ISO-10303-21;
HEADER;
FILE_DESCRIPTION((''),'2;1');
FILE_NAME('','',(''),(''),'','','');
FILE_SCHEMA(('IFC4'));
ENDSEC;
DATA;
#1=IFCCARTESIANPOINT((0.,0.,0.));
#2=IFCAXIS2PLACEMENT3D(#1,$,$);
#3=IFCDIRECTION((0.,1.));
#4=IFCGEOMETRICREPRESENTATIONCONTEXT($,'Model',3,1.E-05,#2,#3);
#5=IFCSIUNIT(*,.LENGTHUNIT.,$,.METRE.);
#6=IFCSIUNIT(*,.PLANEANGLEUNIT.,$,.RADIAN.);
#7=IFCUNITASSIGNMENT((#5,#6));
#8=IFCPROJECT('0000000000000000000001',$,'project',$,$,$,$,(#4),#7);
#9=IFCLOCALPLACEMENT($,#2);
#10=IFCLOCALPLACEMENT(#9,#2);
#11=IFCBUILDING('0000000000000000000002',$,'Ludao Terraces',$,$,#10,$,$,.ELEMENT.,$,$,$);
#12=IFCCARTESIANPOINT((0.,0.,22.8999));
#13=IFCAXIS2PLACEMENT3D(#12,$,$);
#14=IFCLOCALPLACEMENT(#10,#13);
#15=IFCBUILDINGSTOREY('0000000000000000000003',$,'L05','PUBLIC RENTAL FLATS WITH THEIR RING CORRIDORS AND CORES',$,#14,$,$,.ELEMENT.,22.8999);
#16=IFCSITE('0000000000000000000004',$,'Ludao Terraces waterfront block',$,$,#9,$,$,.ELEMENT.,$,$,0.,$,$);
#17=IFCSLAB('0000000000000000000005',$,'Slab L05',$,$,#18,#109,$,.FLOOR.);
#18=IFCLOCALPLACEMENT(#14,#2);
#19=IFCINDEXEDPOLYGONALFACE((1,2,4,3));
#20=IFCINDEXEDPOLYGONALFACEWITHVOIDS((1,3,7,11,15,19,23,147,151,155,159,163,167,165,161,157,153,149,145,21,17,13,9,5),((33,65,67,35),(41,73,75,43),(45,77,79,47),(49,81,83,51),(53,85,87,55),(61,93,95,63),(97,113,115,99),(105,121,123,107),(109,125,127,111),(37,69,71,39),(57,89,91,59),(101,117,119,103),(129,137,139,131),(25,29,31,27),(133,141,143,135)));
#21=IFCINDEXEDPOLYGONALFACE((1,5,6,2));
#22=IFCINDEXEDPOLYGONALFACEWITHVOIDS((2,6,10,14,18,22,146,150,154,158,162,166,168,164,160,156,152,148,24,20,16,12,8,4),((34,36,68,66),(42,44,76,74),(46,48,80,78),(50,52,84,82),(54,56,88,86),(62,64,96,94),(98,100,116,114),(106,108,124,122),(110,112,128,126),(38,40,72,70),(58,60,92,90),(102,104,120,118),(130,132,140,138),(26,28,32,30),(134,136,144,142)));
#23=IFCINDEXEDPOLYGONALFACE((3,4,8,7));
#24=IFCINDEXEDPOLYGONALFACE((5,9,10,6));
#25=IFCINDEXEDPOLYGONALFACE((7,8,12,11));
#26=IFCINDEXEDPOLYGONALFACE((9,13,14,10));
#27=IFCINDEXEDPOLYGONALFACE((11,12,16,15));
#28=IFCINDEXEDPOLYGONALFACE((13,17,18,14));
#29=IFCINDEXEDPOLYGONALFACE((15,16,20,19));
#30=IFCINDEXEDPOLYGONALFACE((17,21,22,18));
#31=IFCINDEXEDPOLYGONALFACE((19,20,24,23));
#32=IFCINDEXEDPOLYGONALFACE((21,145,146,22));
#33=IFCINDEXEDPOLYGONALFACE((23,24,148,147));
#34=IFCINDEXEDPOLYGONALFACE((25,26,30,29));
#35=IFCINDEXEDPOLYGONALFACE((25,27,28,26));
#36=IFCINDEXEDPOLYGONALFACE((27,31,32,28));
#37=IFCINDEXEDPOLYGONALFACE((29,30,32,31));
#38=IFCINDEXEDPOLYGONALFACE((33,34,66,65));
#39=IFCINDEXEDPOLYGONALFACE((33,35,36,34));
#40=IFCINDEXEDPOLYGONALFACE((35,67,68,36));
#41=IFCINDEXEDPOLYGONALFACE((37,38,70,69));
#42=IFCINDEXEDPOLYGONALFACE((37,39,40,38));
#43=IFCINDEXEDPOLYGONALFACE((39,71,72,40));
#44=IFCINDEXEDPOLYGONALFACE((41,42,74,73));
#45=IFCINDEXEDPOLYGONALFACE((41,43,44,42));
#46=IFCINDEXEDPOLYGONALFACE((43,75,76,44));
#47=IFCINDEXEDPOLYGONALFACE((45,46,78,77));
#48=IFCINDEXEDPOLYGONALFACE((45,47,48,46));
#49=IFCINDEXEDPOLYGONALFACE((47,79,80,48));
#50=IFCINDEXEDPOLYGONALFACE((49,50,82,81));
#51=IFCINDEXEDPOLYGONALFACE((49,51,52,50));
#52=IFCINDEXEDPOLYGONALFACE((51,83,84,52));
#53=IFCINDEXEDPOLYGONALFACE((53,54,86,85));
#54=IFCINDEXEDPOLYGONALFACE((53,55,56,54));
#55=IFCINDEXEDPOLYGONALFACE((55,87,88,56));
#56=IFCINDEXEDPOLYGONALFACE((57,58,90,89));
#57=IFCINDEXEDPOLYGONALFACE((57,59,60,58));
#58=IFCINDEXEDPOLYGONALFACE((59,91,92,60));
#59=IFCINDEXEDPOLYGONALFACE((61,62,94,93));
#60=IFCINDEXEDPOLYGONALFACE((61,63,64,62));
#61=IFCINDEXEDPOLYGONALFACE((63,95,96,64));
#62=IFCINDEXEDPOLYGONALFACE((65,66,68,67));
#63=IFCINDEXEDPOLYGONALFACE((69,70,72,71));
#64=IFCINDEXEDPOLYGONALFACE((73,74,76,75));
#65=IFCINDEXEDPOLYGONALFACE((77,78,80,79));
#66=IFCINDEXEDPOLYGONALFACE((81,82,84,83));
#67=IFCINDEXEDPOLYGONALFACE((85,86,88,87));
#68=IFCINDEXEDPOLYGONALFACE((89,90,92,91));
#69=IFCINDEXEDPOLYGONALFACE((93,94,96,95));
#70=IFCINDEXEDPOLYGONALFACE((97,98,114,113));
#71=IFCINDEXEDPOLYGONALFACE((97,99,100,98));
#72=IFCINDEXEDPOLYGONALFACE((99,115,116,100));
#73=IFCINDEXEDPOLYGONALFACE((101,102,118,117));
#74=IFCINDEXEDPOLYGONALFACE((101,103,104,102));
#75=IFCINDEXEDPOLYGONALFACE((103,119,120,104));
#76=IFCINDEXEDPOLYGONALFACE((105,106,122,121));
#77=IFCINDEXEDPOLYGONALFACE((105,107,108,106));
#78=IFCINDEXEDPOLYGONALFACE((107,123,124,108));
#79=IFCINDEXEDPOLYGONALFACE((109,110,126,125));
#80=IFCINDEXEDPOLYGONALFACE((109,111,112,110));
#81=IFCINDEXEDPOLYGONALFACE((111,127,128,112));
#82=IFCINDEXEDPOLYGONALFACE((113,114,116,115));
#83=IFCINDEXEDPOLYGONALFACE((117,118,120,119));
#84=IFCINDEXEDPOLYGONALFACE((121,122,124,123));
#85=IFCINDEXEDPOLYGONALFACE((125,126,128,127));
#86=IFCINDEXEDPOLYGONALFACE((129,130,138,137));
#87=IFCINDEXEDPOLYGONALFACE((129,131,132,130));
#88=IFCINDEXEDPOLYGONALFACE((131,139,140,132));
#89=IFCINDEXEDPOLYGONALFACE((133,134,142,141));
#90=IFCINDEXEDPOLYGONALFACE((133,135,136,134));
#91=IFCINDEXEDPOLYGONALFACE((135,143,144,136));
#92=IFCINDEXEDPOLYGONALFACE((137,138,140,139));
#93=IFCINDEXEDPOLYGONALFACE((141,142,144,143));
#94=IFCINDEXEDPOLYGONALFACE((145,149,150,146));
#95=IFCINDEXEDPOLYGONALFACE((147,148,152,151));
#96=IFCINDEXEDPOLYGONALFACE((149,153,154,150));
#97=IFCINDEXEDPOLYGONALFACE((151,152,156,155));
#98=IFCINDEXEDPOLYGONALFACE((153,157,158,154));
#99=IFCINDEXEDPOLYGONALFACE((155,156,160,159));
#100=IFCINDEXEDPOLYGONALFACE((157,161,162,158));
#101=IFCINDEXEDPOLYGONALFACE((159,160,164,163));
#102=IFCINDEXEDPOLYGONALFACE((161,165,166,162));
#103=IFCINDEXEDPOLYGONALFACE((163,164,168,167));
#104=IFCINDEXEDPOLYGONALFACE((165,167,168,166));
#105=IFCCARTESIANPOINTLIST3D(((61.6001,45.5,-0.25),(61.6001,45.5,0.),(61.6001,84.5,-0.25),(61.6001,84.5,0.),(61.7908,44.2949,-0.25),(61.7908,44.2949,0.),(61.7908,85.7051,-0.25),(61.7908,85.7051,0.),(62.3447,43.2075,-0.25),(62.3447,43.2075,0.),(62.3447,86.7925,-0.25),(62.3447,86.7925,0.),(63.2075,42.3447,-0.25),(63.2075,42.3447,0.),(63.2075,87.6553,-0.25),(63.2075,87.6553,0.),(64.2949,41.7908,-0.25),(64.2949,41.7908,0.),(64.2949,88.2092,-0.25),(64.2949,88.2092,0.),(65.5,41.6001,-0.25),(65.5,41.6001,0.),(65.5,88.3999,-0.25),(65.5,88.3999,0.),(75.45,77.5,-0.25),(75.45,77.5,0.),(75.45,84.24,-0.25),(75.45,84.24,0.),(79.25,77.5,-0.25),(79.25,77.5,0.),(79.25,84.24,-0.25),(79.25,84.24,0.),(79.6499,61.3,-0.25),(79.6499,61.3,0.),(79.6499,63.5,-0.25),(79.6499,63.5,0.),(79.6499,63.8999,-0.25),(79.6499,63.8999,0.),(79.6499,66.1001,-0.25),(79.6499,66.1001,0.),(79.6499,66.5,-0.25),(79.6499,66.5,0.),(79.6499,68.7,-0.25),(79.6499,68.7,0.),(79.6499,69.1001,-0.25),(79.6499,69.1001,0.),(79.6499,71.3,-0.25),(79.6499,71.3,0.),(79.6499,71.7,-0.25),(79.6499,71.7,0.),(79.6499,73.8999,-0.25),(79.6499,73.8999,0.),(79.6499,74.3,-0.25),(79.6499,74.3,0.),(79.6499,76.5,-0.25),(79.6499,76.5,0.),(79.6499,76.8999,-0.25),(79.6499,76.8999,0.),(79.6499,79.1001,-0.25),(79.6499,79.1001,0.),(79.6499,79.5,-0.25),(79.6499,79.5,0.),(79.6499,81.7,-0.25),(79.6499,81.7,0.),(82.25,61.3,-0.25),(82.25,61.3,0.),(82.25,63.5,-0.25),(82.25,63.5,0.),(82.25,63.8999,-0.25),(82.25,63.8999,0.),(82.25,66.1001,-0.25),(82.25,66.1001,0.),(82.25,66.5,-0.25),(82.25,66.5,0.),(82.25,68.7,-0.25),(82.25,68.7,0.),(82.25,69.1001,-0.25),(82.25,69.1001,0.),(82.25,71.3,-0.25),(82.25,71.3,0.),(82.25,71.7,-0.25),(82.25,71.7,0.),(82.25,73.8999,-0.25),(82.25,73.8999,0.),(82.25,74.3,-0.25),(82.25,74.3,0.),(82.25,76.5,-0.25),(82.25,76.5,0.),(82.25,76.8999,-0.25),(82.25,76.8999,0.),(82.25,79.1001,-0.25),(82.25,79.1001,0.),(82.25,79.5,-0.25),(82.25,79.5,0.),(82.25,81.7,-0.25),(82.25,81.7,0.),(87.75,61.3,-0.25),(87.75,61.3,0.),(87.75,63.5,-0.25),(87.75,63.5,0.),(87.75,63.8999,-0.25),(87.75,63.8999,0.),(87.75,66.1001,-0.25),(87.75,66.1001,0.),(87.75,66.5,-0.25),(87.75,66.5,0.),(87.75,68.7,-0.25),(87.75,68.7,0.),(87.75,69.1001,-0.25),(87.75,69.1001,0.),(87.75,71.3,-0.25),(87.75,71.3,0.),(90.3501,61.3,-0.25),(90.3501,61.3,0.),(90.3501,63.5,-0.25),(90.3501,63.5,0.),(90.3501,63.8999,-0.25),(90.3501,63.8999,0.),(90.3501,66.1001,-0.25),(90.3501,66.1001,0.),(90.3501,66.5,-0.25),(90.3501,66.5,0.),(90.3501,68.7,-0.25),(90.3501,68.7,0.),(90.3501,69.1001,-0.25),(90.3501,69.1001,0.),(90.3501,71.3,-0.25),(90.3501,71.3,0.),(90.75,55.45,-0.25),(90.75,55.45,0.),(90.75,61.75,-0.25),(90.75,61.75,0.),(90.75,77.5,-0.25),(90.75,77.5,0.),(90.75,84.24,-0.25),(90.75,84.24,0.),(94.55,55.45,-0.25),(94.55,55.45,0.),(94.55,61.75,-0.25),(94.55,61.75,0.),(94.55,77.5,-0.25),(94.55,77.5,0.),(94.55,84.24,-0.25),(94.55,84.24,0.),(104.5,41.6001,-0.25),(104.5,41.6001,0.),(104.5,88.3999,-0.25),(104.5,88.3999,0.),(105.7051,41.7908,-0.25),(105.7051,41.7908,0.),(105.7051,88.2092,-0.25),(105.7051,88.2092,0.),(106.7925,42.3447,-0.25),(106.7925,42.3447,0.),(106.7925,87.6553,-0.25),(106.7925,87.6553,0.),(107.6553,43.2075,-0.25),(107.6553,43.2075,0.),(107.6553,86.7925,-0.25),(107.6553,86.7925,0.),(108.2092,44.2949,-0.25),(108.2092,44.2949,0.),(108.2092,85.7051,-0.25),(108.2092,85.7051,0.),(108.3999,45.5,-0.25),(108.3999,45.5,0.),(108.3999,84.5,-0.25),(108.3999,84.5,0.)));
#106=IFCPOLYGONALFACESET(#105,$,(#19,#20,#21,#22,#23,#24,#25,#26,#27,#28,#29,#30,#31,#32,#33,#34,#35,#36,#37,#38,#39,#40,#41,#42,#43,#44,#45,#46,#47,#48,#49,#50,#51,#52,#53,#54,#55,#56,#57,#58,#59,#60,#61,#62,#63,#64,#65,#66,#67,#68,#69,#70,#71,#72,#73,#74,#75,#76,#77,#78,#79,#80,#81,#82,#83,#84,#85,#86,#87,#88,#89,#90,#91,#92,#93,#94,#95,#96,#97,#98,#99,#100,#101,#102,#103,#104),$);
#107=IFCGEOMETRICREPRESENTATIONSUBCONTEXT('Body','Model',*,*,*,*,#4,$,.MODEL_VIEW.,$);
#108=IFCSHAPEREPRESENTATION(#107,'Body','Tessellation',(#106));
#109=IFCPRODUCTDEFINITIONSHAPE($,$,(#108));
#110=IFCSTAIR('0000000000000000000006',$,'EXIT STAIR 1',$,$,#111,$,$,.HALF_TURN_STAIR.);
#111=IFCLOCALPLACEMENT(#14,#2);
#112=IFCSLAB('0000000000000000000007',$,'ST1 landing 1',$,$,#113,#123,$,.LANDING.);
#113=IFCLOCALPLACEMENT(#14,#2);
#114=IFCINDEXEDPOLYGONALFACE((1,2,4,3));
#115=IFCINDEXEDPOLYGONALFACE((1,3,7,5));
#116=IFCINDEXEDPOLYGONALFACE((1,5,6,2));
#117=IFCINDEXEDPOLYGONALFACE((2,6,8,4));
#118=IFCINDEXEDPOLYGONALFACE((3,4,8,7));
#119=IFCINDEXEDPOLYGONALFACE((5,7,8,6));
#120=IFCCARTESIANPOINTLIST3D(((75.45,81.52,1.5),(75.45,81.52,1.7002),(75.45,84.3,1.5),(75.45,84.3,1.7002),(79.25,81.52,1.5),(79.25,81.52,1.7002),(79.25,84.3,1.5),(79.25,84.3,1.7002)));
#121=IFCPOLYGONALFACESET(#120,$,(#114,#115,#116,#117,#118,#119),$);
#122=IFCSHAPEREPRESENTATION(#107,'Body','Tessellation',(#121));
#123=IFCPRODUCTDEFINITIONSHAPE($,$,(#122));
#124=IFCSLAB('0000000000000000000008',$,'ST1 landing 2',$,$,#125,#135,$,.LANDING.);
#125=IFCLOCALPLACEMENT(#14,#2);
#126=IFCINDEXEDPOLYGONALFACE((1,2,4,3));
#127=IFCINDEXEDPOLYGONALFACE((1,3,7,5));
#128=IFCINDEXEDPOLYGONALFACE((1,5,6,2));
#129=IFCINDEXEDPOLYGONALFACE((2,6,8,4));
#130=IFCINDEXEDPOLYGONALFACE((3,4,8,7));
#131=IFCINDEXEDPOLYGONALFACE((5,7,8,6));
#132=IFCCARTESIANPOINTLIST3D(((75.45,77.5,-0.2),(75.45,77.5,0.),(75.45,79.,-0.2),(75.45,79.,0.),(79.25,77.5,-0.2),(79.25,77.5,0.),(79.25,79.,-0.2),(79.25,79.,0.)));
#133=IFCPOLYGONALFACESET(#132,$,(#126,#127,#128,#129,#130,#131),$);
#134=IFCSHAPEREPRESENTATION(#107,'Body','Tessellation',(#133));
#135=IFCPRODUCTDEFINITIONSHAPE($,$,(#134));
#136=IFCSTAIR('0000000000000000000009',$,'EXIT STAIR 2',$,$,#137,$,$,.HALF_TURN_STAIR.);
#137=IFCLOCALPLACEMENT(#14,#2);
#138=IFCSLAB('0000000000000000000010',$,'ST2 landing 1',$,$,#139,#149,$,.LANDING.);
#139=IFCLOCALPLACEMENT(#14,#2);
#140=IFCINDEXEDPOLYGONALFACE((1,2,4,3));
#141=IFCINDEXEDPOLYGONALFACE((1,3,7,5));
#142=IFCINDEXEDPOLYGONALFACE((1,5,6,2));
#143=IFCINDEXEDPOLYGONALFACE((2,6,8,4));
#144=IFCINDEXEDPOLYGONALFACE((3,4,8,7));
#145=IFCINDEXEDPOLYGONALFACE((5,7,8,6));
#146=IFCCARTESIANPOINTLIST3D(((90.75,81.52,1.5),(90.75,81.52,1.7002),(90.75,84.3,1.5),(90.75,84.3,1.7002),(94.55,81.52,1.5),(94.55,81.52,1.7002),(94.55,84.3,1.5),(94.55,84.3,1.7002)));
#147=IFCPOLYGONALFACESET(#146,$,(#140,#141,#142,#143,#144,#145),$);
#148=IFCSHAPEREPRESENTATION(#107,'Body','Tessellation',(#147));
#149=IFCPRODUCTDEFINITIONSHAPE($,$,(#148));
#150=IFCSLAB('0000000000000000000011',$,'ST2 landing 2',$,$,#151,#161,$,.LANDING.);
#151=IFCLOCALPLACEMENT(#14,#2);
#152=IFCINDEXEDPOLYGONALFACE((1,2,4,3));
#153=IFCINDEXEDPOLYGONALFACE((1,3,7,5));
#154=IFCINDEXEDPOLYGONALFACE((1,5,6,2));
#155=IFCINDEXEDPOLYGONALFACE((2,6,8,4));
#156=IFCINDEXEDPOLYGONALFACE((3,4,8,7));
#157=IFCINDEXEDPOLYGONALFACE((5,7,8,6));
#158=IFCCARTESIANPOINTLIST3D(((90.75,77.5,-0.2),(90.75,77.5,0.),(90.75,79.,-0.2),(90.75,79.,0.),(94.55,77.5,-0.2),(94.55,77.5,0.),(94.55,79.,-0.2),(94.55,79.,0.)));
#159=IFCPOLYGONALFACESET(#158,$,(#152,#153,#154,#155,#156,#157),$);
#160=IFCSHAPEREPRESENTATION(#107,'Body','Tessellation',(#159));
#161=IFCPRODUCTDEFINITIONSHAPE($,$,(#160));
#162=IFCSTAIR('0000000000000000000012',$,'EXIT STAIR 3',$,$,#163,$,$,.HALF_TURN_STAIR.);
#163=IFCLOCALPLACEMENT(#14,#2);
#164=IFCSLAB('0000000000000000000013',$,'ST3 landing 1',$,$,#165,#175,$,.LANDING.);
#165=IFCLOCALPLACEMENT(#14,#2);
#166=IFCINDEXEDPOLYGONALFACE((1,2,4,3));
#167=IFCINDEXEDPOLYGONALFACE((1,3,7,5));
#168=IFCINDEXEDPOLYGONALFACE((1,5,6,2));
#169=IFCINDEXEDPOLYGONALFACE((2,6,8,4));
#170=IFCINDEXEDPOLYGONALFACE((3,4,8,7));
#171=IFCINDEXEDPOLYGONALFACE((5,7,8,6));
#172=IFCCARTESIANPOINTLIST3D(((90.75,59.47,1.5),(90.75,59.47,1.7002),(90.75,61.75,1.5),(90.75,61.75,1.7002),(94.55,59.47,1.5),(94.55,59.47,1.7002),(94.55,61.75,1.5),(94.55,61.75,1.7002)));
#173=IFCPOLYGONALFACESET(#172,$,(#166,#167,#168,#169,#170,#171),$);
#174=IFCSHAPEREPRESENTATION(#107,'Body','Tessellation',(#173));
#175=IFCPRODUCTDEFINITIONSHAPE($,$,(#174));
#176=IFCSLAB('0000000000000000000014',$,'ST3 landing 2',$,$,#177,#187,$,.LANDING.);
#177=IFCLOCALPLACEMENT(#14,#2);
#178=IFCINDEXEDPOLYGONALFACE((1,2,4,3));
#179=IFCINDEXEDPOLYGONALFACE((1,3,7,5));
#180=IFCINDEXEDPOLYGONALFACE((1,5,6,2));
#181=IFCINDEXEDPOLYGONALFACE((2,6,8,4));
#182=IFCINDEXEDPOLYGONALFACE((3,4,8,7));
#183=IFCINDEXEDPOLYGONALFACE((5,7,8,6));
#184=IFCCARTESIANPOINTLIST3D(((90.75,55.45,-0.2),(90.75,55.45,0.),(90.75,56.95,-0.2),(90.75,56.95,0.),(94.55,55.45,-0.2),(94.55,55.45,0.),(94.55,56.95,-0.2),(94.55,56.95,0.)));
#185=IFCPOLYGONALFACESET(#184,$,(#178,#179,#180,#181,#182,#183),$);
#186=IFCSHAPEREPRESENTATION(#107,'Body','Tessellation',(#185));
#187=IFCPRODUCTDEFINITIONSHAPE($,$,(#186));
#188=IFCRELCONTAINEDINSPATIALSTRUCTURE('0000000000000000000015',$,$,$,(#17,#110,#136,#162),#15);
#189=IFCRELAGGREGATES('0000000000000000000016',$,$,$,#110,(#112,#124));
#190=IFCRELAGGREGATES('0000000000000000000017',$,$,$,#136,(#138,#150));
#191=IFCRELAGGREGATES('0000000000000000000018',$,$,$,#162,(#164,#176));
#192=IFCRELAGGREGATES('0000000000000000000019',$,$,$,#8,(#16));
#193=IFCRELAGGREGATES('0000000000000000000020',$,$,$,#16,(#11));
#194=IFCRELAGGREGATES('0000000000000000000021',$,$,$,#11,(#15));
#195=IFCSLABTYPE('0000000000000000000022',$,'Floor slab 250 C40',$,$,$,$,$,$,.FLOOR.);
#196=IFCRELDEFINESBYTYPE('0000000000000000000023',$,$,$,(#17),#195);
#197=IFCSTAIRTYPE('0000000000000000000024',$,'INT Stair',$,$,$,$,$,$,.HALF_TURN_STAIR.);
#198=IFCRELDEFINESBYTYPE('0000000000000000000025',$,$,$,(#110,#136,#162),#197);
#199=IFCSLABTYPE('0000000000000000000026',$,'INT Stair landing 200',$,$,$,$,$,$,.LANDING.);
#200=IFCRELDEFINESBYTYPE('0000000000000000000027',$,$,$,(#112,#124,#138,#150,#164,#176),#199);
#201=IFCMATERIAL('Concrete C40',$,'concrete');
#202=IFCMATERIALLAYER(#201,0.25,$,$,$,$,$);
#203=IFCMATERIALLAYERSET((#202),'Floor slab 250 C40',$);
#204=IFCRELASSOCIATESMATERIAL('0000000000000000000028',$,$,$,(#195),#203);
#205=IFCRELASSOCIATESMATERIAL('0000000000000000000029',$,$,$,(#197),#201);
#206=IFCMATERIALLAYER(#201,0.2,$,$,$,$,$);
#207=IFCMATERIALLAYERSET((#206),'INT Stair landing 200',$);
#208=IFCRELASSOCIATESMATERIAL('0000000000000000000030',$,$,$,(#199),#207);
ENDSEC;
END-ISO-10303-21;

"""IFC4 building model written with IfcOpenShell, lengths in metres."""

from ifc_helpers import new_model, si_unit, direction, frame, origin, place, context, subcontext, project, spatial, polyline, outline, extrude, material, layer, layer_set, type_object, element, aggregate, save


model = new_model("IFC4")

# Units and contexts
model_context = context("Model", 3, precision=1e-05, world=origin(), true_north=direction((0.0, 1.0)))
body_context = subcontext(model_context, "Body", "Model", "MODEL_VIEW")
ifc_project = project(units=[si_unit("LENGTHUNIT", "METRE"), si_unit("PLANEANGLEUNIT", "RADIAN")], contexts=[model_context])

# Site, building, storey
site_placement = place(None, origin())
site = spatial("IfcSite", under=ifc_project, at=site_placement, Name="Ludao Terraces waterfront block", CompositionType="ELEMENT", RefElevation=0.0)
building_placement = place(site_placement, origin())
building = spatial("IfcBuilding", under=site, at=building_placement, Name="Ludao Terraces", CompositionType="ELEMENT")
storey_placement = place(building_placement, frame((0.0, 0.0, 22.8999)))
storey = spatial("IfcBuildingStorey", under=building, at=storey_placement, Name="L05", Description="PUBLIC RENTAL FLATS WITH THEIR RING CORRIDORS AND CORES", CompositionType="ELEMENT", Elevation=22.8999)

# Shared definitions
ifc_material_1 = material(Name="Concrete C40", Category="concrete")

# Slab
ifc_layer_1 = layer(ifc_material_1, 0.25)
ifc_layer_set_1 = layer_set([ifc_layer_1], Name="Floor slab 250 C40")
slab_type_1 = type_object("IfcSlabType", Name="Floor slab 250 C40", PredefinedType="FLOOR", material=ifc_layer_set_1)
slab_1_placement = place(storey_placement, frame((0.0, 0.0, -0.25)))
element("IfcSlab", 1, at=slab_1_placement, inside=storey, type_object=slab_type_1, Name="Slab L05", PredefinedType="FLOOR", context=body_context, shape_type="SweptSolid", body=[
    extrude(outline(polyline([(104.5, 41.6001), (105.7051, 41.7908), (106.7925, 42.3447), (107.6553, 43.2075), (108.2092, 44.2949), (108.3999, 45.5), (108.3999, 84.5), (108.2092, 85.7051), (107.6553, 86.7925), (106.7925, 87.6553), (105.7051, 88.2092), (104.5, 88.3999), (65.5, 88.3999), (64.2949, 88.2092), (63.2075, 87.6553), (62.3447, 86.7925), (61.7908, 85.7051), (61.6001, 84.5), (61.6001, 45.5), (61.7908, 44.2949), (62.3447, 43.2075), (63.2075, 42.3447), (64.2949, 41.7908), (65.5, 41.6001), (104.5, 41.6001)]), holes=[polyline([(79.6499, 61.3), (82.25, 61.3), (82.25, 63.5), (79.6499, 63.5), (79.6499, 61.3)]), polyline([(79.6499, 63.8999), (82.25, 63.8999), (82.25, 66.1001), (79.6499, 66.1001), (79.6499, 63.8999)]), polyline([(79.6499, 66.5), (82.25, 66.5), (82.25, 68.7), (79.6499, 68.7), (79.6499, 66.5)]), polyline([(79.6499, 69.1001), (82.25, 69.1001), (82.25, 71.3), (79.6499, 71.3), (79.6499, 69.1001)]), polyline([(79.6499, 71.7), (82.25, 71.7), (82.25, 73.8999), (79.6499, 73.8999), (79.6499, 71.7)]), polyline([(79.6499, 74.3), (82.25, 74.3), (82.25, 76.5), (79.6499, 76.5), (79.6499, 74.3)]), polyline([(79.6499, 76.8999), (82.25, 76.8999), (82.25, 79.1001), (79.6499, 79.1001), (79.6499, 76.8999)]), polyline([(79.6499, 79.5), (82.25, 79.5), (82.25, 81.7), (79.6499, 81.7), (79.6499, 79.5)]), polyline([(87.75, 61.3), (90.3501, 61.3), (90.3501, 63.5), (87.75, 63.5), (87.75, 61.3)]), polyline([(87.75, 63.8999), (90.3501, 63.8999), (90.3501, 66.1001), (87.75, 66.1001), (87.75, 63.8999)]), polyline([(87.75, 66.5), (90.3501, 66.5), (90.3501, 68.7), (87.75, 68.7), (87.75, 66.5)]), polyline([(87.75, 69.1001), (90.3501, 69.1001), (90.3501, 71.3), (87.75, 71.3), (87.75, 69.1001)]), polyline([(75.45, 77.5), (79.25, 77.5), (79.25, 84.24), (75.45, 84.24), (75.45, 77.5)]), polyline([(90.75, 77.5), (94.55, 77.5), (94.55, 84.24), (90.75, 84.24), (90.75, 77.5)]), polyline([(90.75, 55.45), (94.55, 55.45), (94.55, 61.75), (90.75, 61.75), (90.75, 55.45)])]), origin(), (0.0, 0.0, 1.0), 0.25),
])

# Stairs, slabs
stair_type = type_object("IfcStairType", Name="INT Stair", PredefinedType="HALF_TURN_STAIR", material=ifc_material_1)
stair_1_placement = place(storey_placement, origin())
stair_1 = element("IfcStair", 2, at=stair_1_placement, inside=storey, type_object=stair_type, Name="EXIT STAIR 1", PredefinedType="HALF_TURN_STAIR")
ifc_layer_2 = layer(ifc_material_1, 0.2)
ifc_layer_set_2 = layer_set([ifc_layer_2], Name="INT Stair landing 200")
slab_type_2 = type_object("IfcSlabType", Name="INT Stair landing 200", PredefinedType="LANDING", material=ifc_layer_set_2)
slab_2_placement = place(storey_placement, frame((0.0, 0.0, 1.5)))
slab_2 = element("IfcSlab", 3, at=slab_2_placement, type_object=slab_type_2, Name="ST1 landing 1", PredefinedType="LANDING", context=body_context, shape_type="SweptSolid", body=[
    extrude(outline(polyline([(75.45, 81.52), (79.25, 81.52), (79.25, 84.3), (75.45, 84.3), (75.45, 81.52)])), origin(), (0.0, 0.0, 1.0), 0.2002),
])
slab_3_placement = place(storey_placement, frame((0.0, 0.0, -0.2)))
slab_3 = element("IfcSlab", 4, at=slab_3_placement, type_object=slab_type_2, Name="ST1 landing 2", PredefinedType="LANDING", context=body_context, shape_type="SweptSolid", body=[
    extrude(outline(polyline([(75.45, 77.5), (79.25, 77.5), (79.25, 79.0), (75.45, 79.0), (75.45, 77.5)])), origin(), (0.0, 0.0, 1.0), 0.2),
])
aggregate(stair_1, [slab_2, slab_3])
stair_2_placement = place(storey_placement, origin())
stair_2 = element("IfcStair", 5, at=stair_2_placement, inside=storey, type_object=stair_type, Name="EXIT STAIR 2", PredefinedType="HALF_TURN_STAIR")
slab_4_placement = place(storey_placement, frame((0.0, 0.0, 1.5)))
slab_4 = element("IfcSlab", 6, at=slab_4_placement, type_object=slab_type_2, Name="ST2 landing 1", PredefinedType="LANDING", context=body_context, shape_type="SweptSolid", body=[
    extrude(outline(polyline([(90.75, 81.52), (94.55, 81.52), (94.55, 84.3), (90.75, 84.3), (90.75, 81.52)])), origin(), (0.0, 0.0, 1.0), 0.2002),
])
slab_5_placement = place(storey_placement, frame((0.0, 0.0, -0.2)))
slab_5 = element("IfcSlab", 7, at=slab_5_placement, type_object=slab_type_2, Name="ST2 landing 2", PredefinedType="LANDING", context=body_context, shape_type="SweptSolid", body=[
    extrude(outline(polyline([(90.75, 77.5), (94.55, 77.5), (94.55, 79.0), (90.75, 79.0), (90.75, 77.5)])), origin(), (0.0, 0.0, 1.0), 0.2),
])
aggregate(stair_2, [slab_4, slab_5])
stair_3_placement = place(storey_placement, origin())
stair_3 = element("IfcStair", 8, at=stair_3_placement, inside=storey, type_object=stair_type, Name="EXIT STAIR 3", PredefinedType="HALF_TURN_STAIR")
slab_6_placement = place(storey_placement, frame((0.0, 0.0, 1.5)))
slab_6 = element("IfcSlab", 9, at=slab_6_placement, type_object=slab_type_2, Name="ST3 landing 1", PredefinedType="LANDING", context=body_context, shape_type="SweptSolid", body=[
    extrude(outline(polyline([(90.75, 59.47), (94.55, 59.47), (94.55, 61.75), (90.75, 61.75), (90.75, 59.47)])), origin(), (0.0, 0.0, 1.0), 0.2002),
])
slab_7_placement = place(storey_placement, frame((0.0, 0.0, -0.2)))
slab_7 = element("IfcSlab", 10, at=slab_7_placement, type_object=slab_type_2, Name="ST3 landing 2", PredefinedType="LANDING", context=body_context, shape_type="SweptSolid", body=[
    extrude(outline(polyline([(90.75, 55.45), (94.55, 55.45), (94.55, 56.95), (90.75, 56.95), (90.75, 55.45)])), origin(), (0.0, 0.0, 1.0), 0.2),
])
aggregate(stair_3, [slab_6, slab_7])

save(model, "model.ifc")
